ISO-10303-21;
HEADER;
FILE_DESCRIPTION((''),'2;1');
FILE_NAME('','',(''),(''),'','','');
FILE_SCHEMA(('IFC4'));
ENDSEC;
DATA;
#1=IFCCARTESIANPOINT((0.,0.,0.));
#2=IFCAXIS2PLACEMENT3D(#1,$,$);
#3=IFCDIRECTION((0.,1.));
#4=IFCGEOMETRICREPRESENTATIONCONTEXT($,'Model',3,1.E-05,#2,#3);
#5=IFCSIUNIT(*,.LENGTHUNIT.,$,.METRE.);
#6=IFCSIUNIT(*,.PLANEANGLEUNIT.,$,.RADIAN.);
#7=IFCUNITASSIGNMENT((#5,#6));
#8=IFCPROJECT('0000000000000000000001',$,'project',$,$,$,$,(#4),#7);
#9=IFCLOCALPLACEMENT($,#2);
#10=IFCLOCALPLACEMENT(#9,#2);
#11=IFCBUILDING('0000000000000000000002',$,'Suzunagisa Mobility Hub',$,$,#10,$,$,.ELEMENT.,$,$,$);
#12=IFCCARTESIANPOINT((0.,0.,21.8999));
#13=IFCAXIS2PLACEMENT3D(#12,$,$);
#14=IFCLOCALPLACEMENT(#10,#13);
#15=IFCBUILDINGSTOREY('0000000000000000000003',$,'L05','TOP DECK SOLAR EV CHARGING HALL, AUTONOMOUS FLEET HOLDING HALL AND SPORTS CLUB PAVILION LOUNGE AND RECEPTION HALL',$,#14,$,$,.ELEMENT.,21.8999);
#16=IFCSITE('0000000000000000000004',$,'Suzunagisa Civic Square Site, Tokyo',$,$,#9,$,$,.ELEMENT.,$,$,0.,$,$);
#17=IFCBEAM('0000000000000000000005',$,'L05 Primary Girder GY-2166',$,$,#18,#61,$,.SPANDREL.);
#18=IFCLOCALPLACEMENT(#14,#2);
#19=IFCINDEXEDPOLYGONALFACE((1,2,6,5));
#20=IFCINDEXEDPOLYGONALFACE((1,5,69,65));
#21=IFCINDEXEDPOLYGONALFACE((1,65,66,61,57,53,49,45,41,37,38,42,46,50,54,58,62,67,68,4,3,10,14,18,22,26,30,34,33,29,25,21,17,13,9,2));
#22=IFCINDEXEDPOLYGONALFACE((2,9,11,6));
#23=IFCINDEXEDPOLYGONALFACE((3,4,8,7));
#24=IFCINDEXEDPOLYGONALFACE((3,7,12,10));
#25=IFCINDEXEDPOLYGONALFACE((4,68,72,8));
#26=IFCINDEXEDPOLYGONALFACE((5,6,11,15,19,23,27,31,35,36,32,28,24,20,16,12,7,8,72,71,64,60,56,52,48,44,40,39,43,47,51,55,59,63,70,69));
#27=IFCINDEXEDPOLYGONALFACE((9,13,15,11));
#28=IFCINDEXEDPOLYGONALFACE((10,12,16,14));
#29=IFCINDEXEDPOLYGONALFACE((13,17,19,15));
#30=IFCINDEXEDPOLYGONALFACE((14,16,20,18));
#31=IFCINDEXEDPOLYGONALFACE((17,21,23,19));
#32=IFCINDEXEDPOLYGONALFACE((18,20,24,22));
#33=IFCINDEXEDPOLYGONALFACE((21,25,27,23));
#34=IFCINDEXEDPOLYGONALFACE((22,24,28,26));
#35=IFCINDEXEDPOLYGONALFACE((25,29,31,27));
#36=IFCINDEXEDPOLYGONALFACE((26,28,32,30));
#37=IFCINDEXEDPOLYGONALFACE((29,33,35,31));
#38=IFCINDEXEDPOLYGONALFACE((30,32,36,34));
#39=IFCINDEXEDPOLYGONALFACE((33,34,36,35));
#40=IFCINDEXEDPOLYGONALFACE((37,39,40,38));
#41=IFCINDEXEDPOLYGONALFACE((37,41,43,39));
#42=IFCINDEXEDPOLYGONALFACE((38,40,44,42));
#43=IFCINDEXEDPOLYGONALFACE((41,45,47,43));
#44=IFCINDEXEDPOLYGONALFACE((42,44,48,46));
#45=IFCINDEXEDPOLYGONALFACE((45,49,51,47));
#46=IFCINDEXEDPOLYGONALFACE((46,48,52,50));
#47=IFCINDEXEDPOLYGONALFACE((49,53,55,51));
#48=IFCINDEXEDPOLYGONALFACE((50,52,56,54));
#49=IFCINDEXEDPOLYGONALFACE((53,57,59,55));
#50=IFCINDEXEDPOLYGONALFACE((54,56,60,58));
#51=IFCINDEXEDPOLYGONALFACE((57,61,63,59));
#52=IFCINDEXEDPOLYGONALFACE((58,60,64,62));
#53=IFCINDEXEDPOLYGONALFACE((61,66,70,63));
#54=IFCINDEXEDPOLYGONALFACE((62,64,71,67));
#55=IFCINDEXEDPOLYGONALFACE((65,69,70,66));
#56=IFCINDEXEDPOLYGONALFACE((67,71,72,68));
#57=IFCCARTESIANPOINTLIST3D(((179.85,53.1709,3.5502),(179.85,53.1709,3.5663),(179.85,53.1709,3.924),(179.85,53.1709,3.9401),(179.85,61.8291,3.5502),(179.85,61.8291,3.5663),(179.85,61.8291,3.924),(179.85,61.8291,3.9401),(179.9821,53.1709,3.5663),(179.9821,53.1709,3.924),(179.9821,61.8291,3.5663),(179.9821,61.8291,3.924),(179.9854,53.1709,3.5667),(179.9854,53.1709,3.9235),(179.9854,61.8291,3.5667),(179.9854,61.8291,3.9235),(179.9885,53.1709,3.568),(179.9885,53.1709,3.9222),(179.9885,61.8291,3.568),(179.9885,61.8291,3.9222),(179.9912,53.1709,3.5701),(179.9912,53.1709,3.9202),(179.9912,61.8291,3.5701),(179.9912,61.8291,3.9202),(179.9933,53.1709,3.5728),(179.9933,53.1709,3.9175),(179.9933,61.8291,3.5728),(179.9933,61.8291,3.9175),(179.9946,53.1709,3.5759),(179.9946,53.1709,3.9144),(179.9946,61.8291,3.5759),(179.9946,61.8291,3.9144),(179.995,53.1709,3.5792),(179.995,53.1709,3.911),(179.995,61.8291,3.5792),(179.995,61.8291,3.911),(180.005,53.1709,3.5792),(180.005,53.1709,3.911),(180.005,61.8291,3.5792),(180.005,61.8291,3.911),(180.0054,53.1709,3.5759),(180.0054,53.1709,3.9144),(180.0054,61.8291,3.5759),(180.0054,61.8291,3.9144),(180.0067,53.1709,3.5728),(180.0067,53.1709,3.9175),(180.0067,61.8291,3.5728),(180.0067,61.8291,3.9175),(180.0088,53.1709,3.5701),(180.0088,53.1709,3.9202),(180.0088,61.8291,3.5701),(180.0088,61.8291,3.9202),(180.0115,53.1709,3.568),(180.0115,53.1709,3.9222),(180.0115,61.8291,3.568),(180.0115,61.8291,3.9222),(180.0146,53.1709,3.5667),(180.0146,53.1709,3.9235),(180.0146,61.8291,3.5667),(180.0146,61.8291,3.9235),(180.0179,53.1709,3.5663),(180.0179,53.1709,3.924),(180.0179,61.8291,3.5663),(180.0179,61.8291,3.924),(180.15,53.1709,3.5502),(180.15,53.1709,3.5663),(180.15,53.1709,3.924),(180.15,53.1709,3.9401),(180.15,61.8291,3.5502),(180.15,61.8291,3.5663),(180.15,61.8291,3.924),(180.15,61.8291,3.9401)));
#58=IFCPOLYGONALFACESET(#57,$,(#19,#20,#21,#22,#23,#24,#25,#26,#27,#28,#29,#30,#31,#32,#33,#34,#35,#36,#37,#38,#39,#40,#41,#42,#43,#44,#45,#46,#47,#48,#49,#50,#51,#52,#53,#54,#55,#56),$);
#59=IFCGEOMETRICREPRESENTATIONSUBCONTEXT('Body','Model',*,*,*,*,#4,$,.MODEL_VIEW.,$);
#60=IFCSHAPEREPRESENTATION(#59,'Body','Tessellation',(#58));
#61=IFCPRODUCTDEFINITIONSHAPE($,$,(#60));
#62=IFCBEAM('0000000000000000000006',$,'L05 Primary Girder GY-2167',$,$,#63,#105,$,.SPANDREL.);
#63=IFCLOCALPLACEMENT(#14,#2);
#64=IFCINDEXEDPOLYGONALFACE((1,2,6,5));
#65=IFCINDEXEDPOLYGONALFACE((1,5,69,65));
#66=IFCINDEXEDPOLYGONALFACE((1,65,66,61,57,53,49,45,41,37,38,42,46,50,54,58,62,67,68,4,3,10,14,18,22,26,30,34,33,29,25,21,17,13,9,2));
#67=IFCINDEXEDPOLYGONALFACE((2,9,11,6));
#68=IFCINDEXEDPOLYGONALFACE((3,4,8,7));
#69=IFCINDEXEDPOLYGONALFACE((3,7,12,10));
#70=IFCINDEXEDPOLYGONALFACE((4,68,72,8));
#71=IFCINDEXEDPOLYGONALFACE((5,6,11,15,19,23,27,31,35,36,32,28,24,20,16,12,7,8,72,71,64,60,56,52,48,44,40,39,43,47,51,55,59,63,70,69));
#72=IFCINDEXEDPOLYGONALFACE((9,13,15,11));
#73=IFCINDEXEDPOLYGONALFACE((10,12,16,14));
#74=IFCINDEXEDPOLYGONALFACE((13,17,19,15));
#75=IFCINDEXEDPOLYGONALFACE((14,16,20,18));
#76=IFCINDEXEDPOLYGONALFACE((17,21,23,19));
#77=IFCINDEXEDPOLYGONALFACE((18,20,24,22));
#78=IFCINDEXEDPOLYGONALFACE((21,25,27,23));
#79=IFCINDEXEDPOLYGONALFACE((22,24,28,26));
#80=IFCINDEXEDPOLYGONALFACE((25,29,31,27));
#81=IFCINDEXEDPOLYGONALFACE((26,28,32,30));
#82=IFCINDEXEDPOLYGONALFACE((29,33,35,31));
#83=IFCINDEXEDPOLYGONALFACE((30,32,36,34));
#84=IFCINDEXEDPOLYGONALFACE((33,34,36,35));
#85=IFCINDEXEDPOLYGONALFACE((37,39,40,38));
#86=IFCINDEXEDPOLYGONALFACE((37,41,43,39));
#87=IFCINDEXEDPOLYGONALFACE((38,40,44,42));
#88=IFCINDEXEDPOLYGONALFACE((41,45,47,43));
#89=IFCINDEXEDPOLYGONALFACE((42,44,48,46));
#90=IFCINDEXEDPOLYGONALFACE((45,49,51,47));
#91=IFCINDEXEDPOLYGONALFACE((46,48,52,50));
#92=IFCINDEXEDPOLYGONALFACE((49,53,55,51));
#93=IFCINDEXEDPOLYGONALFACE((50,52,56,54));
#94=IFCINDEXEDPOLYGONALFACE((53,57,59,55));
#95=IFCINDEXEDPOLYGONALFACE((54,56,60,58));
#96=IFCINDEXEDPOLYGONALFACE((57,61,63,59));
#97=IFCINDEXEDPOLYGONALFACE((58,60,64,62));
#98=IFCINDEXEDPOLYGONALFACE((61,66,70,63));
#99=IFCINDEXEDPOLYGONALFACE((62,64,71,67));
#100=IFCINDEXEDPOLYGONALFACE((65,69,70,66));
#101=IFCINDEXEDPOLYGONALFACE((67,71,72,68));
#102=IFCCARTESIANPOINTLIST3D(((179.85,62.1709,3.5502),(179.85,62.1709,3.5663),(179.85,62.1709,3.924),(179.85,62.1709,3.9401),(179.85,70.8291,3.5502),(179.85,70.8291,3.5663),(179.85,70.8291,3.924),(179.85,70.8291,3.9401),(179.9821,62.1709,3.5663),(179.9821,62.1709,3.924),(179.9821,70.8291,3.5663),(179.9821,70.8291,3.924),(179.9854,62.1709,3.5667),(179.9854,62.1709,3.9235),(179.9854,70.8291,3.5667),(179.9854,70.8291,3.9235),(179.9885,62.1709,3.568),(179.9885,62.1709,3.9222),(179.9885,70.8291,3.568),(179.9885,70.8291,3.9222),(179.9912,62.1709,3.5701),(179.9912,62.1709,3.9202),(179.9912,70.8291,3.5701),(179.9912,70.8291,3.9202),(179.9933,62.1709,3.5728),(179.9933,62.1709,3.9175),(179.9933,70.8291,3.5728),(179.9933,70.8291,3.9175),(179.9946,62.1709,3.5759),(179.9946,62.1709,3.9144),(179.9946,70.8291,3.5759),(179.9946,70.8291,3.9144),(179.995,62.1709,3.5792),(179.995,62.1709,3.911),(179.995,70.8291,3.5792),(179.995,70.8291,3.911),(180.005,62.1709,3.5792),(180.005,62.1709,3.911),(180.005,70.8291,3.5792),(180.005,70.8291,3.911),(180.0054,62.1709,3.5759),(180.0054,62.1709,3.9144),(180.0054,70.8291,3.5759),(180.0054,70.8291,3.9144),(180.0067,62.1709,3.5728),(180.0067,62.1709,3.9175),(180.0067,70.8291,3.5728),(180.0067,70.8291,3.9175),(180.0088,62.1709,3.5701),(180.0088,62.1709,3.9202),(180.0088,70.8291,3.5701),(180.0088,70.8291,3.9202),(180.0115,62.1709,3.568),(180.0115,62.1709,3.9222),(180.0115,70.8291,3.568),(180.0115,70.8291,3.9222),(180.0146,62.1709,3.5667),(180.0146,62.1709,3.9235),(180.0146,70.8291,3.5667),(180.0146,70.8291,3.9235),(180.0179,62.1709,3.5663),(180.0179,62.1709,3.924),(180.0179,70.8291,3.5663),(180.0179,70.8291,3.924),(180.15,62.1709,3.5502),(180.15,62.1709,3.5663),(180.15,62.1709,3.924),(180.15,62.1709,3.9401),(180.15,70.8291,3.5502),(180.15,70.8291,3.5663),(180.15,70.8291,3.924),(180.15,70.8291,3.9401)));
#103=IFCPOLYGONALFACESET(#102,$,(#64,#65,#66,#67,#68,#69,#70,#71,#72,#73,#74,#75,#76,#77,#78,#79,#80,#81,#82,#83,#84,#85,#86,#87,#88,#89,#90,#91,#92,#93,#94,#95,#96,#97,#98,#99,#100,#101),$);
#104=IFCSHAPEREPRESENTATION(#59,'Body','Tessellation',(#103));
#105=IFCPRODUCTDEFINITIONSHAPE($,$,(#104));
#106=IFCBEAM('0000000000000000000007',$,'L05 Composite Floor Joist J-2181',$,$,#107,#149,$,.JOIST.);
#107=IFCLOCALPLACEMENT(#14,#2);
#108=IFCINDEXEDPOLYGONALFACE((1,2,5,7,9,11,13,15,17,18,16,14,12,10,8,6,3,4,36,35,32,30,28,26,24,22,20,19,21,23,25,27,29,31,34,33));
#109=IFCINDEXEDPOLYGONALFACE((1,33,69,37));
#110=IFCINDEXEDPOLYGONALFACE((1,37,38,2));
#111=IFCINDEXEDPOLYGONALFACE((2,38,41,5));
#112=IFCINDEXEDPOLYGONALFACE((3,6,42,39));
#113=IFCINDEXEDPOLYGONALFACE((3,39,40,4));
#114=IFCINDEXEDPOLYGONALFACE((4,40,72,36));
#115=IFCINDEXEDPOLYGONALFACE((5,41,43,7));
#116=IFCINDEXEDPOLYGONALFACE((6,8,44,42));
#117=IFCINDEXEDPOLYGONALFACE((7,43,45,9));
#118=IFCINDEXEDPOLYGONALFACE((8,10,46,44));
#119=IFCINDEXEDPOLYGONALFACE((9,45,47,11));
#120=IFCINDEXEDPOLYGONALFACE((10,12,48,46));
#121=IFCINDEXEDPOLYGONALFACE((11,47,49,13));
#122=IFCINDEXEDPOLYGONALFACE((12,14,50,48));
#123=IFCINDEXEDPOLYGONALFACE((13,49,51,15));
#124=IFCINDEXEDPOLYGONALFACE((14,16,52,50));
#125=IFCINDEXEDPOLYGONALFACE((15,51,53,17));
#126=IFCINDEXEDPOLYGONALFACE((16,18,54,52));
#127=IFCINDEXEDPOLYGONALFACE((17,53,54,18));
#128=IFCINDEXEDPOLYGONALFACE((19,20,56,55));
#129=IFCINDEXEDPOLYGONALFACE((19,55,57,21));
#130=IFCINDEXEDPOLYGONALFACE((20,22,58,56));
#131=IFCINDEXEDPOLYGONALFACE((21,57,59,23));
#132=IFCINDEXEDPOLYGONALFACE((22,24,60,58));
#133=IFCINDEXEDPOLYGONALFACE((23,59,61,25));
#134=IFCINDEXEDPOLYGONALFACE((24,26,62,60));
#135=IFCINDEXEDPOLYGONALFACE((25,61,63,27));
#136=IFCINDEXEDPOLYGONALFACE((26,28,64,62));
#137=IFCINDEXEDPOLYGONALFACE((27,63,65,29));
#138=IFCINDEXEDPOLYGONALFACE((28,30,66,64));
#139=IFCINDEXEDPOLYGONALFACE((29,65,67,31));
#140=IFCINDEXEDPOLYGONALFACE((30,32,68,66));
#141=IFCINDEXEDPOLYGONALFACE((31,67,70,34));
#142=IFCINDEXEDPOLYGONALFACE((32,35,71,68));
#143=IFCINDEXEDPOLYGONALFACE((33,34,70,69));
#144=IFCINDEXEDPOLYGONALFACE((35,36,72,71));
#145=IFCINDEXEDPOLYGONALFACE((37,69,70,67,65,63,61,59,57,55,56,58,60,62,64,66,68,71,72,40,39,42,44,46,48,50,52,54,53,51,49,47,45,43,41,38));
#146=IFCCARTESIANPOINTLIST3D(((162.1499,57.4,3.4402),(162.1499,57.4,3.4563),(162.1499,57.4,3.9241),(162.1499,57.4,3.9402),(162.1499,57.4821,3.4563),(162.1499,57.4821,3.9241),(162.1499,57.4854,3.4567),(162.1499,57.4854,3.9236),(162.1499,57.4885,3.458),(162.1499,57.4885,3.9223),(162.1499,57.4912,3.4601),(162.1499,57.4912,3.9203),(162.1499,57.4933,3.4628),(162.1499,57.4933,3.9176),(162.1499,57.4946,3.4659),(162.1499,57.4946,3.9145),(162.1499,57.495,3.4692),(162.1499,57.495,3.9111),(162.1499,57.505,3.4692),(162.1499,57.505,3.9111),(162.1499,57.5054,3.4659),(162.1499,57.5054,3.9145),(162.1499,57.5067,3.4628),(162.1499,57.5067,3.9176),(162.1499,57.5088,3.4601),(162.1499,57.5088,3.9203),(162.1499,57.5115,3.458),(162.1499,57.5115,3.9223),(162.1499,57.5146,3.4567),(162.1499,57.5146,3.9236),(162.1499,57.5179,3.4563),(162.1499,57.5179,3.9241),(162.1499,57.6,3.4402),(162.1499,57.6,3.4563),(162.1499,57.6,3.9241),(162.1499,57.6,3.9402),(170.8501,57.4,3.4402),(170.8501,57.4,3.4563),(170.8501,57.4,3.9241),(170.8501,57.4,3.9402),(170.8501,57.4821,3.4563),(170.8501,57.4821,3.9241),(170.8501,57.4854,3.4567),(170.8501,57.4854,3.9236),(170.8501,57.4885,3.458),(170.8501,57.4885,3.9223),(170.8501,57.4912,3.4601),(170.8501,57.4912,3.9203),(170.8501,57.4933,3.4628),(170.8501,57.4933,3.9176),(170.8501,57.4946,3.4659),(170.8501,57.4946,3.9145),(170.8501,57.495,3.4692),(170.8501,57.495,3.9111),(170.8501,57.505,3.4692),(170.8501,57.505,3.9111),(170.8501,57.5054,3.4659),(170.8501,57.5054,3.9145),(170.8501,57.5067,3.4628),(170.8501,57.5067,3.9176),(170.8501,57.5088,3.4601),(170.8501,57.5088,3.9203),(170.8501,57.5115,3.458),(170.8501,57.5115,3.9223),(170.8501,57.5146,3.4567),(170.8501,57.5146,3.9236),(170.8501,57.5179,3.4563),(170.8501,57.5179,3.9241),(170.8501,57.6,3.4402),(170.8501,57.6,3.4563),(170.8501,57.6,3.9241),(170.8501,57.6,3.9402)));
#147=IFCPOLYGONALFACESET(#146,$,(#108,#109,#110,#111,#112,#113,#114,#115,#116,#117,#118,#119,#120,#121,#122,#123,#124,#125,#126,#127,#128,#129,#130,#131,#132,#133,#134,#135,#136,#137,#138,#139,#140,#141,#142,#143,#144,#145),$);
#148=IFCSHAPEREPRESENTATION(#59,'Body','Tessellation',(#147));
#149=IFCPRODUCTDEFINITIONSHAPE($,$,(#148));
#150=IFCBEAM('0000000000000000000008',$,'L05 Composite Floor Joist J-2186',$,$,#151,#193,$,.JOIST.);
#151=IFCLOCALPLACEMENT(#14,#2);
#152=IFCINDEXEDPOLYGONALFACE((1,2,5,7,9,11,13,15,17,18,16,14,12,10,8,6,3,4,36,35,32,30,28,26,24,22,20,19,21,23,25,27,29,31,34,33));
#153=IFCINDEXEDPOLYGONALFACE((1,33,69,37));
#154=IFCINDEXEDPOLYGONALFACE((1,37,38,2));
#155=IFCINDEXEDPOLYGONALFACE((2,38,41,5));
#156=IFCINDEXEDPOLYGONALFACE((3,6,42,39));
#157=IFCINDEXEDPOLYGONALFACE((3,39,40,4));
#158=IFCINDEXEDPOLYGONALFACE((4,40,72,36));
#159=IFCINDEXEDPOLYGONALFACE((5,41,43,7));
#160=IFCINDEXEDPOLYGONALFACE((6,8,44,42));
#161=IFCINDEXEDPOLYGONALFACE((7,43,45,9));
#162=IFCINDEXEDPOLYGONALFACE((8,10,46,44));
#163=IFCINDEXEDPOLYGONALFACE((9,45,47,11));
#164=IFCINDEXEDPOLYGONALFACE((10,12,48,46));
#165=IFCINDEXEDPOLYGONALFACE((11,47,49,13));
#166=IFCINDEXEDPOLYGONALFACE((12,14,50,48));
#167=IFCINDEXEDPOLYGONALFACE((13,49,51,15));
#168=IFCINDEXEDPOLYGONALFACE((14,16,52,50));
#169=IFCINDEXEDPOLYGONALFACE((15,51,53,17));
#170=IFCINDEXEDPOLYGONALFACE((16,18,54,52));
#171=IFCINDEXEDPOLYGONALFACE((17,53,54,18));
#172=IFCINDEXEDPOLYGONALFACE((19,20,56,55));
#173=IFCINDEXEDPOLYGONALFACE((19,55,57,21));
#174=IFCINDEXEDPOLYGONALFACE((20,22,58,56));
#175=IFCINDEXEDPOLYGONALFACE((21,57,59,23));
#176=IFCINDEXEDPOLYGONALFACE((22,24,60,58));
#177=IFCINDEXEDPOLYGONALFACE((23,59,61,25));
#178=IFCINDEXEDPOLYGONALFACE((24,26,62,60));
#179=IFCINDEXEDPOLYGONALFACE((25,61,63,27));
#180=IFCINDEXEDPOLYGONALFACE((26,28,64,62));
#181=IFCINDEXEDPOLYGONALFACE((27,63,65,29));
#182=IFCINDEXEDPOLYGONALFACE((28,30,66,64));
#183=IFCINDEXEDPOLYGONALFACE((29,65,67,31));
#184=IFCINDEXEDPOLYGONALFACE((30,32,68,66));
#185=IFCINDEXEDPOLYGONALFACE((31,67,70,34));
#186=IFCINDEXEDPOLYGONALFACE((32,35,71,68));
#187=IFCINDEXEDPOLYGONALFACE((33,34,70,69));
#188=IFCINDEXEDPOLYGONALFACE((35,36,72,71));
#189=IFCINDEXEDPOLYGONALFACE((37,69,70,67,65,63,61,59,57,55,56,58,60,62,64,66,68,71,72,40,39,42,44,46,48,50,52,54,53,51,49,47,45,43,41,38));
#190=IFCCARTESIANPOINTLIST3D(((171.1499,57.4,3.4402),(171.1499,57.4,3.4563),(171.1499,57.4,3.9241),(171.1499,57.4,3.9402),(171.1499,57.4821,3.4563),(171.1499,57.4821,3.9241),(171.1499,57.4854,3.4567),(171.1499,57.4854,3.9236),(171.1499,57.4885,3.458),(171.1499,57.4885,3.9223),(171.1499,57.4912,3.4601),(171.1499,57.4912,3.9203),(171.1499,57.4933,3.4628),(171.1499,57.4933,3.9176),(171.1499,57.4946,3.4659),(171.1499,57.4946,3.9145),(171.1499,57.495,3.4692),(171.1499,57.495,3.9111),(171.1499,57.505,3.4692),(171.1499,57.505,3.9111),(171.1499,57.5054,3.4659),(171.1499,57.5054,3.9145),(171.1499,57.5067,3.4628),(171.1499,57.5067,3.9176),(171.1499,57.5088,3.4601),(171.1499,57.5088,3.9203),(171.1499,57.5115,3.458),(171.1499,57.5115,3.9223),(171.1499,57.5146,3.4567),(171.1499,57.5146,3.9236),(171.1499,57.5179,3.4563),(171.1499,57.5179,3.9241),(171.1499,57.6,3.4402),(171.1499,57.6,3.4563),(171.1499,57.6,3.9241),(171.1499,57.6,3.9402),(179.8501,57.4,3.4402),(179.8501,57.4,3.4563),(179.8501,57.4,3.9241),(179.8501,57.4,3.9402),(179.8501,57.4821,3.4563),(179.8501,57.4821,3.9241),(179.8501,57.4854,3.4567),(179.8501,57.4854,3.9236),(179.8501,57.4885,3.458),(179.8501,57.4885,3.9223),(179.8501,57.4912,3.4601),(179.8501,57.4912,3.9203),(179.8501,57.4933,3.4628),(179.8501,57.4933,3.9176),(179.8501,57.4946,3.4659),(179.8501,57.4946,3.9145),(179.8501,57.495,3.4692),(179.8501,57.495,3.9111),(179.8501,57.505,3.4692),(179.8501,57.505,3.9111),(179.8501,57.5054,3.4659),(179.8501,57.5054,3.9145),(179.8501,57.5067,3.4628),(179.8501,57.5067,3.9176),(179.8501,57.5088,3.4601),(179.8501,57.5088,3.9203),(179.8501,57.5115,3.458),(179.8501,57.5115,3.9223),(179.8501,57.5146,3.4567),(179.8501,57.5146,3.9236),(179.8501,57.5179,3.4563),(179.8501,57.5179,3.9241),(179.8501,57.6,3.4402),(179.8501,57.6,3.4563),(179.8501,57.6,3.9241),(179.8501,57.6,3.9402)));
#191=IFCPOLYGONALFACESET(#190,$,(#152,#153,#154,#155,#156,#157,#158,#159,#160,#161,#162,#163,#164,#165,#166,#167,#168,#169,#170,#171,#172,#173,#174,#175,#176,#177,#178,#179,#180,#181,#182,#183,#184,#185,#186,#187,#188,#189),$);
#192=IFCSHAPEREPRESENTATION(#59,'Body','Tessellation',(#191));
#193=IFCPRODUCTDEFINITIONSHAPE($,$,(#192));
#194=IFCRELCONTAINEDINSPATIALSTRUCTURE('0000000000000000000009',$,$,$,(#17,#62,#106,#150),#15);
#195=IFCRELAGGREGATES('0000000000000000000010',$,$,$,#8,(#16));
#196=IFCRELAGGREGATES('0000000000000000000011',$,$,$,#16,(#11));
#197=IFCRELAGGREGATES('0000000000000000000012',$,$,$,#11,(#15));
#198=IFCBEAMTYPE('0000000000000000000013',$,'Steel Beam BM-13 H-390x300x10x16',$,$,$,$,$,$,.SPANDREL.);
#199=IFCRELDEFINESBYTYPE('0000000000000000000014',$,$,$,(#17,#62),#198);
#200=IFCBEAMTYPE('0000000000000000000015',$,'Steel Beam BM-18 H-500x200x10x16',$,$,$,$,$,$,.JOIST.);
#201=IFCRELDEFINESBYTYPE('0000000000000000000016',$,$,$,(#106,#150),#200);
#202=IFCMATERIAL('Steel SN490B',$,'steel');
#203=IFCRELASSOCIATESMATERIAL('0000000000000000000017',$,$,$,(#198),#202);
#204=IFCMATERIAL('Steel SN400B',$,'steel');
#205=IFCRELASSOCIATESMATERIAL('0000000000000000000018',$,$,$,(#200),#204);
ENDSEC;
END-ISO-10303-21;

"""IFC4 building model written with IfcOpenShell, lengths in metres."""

from ifc_helpers import new_model, si_unit, direction, frame, origin, origin_2d, place, context, subcontext, project, spatial, i_section, extrude, material, material_profile, profile_set, type_object, element, save


model = new_model("IFC4")

# Units and contexts
model_context = context("Model", 3, precision=1e-05, world=origin(), true_north=direction((0.0, 1.0)))
body_context = subcontext(model_context, "Body", "Model", "MODEL_VIEW")
ifc_project = project(units=[si_unit("LENGTHUNIT", "METRE"), si_unit("PLANEANGLEUNIT", "RADIAN")], contexts=[model_context])

# Site, building, storey
site_placement = place(None, origin())
site = spatial("IfcSite", under=ifc_project, at=site_placement, Name="Suzunagisa Civic Square Site, Tokyo", CompositionType="ELEMENT", RefElevation=0.0)
building_placement = place(site_placement, origin())
building = spatial("IfcBuilding", under=site, at=building_placement, Name="Suzunagisa Mobility Hub", CompositionType="ELEMENT")
storey_placement = place(building_placement, frame((0.0, 0.0, 21.8999)))
storey = spatial("IfcBuildingStorey", under=building, at=storey_placement, Name="L05", Description="TOP DECK SOLAR EV CHARGING HALL, AUTONOMOUS FLEET HOLDING HALL AND SPORTS CLUB PAVILION LOUNGE AND RECEPTION HALL", CompositionType="ELEMENT", Elevation=21.8999)

# Shared definitions
ifc_material_1 = material(Name="Steel SN490B", Category="steel")

# Beams
ifc_material_profile_1 = material_profile(ifc_material_1, i_section(OverallWidth=0.3, OverallDepth=0.3899, WebThickness=0.01, FlangeThickness=0.0161, FilletRadius=0.0129, at=origin_2d()), Name="H-390x300x10x16")
ifc_profile_set_1 = profile_set([ifc_material_profile_1], Name="Steel SN490B")
beam_type_1 = type_object("IfcBeamType", Name="Steel Beam BM-13 H-390x300x10x16", PredefinedType="SPANDREL", material=ifc_profile_set_1)
for number, where, z_axis, x_axis, name in (
    (1, (180.0, 53.1709, 3.7451), (0.0, 1.0, 0.0), (-1.0, 0.0, 0.0), "L05 Primary Girder GY-2166"),
    (2, (180.0, 62.1709, 3.7451), (0.0, 1.0, 0.0), (-1.0, 0.0, 0.0), "L05 Primary Girder GY-2167"),
):
    element("IfcBeam", number, at=place(storey_placement, frame(where, z_axis=z_axis, x_axis=x_axis)), inside=storey, type_object=beam_type_1, Name=name, PredefinedType="SPANDREL", context=body_context, shape_type="SweptSolid", body=[
        extrude(i_section(OverallWidth=0.3, OverallDepth=0.3899, WebThickness=0.01, FlangeThickness=0.0161, FilletRadius=0.0129, at=origin_2d()), origin(), (0.0, 0.0, 1.0), 8.6582),
    ])
ifc_material_2 = material(Name="Steel SN400B", Category="steel")
ifc_material_profile_2 = material_profile(ifc_material_2, i_section(OverallWidth=0.2, OverallDepth=0.5, WebThickness=0.01, FlangeThickness=0.0161, FilletRadius=0.0129, at=origin_2d()), Name="H-500x200x10x16")
ifc_profile_set_2 = profile_set([ifc_material_profile_2], Name="Steel SN400B")
beam_type_2 = type_object("IfcBeamType", Name="Steel Beam BM-18 H-500x200x10x16", PredefinedType="JOIST", material=ifc_profile_set_2)
for number, where, z_axis, x_axis, name in (
    (3, (162.1499, 57.5, 3.6902), (1.0, 0.0, 0.0), (0.0, 1.0, 0.0), "L05 Composite Floor Joist J-2181"),
    (4, (171.1499, 57.5, 3.6902), (1.0, 0.0, 0.0), (0.0, 1.0, 0.0), "L05 Composite Floor Joist J-2186"),
):
    element("IfcBeam", number, at=place(storey_placement, frame(where, z_axis=z_axis, x_axis=x_axis)), inside=storey, type_object=beam_type_2, Name=name, PredefinedType="JOIST", context=body_context, shape_type="SweptSolid", body=[
        extrude(i_section(OverallWidth=0.2, OverallDepth=0.5, WebThickness=0.01, FlangeThickness=0.0161, FilletRadius=0.0129, at=origin_2d()), origin(), (0.0, 0.0, 1.0), 8.7002),
    ])

save(model, "model.ifc")
